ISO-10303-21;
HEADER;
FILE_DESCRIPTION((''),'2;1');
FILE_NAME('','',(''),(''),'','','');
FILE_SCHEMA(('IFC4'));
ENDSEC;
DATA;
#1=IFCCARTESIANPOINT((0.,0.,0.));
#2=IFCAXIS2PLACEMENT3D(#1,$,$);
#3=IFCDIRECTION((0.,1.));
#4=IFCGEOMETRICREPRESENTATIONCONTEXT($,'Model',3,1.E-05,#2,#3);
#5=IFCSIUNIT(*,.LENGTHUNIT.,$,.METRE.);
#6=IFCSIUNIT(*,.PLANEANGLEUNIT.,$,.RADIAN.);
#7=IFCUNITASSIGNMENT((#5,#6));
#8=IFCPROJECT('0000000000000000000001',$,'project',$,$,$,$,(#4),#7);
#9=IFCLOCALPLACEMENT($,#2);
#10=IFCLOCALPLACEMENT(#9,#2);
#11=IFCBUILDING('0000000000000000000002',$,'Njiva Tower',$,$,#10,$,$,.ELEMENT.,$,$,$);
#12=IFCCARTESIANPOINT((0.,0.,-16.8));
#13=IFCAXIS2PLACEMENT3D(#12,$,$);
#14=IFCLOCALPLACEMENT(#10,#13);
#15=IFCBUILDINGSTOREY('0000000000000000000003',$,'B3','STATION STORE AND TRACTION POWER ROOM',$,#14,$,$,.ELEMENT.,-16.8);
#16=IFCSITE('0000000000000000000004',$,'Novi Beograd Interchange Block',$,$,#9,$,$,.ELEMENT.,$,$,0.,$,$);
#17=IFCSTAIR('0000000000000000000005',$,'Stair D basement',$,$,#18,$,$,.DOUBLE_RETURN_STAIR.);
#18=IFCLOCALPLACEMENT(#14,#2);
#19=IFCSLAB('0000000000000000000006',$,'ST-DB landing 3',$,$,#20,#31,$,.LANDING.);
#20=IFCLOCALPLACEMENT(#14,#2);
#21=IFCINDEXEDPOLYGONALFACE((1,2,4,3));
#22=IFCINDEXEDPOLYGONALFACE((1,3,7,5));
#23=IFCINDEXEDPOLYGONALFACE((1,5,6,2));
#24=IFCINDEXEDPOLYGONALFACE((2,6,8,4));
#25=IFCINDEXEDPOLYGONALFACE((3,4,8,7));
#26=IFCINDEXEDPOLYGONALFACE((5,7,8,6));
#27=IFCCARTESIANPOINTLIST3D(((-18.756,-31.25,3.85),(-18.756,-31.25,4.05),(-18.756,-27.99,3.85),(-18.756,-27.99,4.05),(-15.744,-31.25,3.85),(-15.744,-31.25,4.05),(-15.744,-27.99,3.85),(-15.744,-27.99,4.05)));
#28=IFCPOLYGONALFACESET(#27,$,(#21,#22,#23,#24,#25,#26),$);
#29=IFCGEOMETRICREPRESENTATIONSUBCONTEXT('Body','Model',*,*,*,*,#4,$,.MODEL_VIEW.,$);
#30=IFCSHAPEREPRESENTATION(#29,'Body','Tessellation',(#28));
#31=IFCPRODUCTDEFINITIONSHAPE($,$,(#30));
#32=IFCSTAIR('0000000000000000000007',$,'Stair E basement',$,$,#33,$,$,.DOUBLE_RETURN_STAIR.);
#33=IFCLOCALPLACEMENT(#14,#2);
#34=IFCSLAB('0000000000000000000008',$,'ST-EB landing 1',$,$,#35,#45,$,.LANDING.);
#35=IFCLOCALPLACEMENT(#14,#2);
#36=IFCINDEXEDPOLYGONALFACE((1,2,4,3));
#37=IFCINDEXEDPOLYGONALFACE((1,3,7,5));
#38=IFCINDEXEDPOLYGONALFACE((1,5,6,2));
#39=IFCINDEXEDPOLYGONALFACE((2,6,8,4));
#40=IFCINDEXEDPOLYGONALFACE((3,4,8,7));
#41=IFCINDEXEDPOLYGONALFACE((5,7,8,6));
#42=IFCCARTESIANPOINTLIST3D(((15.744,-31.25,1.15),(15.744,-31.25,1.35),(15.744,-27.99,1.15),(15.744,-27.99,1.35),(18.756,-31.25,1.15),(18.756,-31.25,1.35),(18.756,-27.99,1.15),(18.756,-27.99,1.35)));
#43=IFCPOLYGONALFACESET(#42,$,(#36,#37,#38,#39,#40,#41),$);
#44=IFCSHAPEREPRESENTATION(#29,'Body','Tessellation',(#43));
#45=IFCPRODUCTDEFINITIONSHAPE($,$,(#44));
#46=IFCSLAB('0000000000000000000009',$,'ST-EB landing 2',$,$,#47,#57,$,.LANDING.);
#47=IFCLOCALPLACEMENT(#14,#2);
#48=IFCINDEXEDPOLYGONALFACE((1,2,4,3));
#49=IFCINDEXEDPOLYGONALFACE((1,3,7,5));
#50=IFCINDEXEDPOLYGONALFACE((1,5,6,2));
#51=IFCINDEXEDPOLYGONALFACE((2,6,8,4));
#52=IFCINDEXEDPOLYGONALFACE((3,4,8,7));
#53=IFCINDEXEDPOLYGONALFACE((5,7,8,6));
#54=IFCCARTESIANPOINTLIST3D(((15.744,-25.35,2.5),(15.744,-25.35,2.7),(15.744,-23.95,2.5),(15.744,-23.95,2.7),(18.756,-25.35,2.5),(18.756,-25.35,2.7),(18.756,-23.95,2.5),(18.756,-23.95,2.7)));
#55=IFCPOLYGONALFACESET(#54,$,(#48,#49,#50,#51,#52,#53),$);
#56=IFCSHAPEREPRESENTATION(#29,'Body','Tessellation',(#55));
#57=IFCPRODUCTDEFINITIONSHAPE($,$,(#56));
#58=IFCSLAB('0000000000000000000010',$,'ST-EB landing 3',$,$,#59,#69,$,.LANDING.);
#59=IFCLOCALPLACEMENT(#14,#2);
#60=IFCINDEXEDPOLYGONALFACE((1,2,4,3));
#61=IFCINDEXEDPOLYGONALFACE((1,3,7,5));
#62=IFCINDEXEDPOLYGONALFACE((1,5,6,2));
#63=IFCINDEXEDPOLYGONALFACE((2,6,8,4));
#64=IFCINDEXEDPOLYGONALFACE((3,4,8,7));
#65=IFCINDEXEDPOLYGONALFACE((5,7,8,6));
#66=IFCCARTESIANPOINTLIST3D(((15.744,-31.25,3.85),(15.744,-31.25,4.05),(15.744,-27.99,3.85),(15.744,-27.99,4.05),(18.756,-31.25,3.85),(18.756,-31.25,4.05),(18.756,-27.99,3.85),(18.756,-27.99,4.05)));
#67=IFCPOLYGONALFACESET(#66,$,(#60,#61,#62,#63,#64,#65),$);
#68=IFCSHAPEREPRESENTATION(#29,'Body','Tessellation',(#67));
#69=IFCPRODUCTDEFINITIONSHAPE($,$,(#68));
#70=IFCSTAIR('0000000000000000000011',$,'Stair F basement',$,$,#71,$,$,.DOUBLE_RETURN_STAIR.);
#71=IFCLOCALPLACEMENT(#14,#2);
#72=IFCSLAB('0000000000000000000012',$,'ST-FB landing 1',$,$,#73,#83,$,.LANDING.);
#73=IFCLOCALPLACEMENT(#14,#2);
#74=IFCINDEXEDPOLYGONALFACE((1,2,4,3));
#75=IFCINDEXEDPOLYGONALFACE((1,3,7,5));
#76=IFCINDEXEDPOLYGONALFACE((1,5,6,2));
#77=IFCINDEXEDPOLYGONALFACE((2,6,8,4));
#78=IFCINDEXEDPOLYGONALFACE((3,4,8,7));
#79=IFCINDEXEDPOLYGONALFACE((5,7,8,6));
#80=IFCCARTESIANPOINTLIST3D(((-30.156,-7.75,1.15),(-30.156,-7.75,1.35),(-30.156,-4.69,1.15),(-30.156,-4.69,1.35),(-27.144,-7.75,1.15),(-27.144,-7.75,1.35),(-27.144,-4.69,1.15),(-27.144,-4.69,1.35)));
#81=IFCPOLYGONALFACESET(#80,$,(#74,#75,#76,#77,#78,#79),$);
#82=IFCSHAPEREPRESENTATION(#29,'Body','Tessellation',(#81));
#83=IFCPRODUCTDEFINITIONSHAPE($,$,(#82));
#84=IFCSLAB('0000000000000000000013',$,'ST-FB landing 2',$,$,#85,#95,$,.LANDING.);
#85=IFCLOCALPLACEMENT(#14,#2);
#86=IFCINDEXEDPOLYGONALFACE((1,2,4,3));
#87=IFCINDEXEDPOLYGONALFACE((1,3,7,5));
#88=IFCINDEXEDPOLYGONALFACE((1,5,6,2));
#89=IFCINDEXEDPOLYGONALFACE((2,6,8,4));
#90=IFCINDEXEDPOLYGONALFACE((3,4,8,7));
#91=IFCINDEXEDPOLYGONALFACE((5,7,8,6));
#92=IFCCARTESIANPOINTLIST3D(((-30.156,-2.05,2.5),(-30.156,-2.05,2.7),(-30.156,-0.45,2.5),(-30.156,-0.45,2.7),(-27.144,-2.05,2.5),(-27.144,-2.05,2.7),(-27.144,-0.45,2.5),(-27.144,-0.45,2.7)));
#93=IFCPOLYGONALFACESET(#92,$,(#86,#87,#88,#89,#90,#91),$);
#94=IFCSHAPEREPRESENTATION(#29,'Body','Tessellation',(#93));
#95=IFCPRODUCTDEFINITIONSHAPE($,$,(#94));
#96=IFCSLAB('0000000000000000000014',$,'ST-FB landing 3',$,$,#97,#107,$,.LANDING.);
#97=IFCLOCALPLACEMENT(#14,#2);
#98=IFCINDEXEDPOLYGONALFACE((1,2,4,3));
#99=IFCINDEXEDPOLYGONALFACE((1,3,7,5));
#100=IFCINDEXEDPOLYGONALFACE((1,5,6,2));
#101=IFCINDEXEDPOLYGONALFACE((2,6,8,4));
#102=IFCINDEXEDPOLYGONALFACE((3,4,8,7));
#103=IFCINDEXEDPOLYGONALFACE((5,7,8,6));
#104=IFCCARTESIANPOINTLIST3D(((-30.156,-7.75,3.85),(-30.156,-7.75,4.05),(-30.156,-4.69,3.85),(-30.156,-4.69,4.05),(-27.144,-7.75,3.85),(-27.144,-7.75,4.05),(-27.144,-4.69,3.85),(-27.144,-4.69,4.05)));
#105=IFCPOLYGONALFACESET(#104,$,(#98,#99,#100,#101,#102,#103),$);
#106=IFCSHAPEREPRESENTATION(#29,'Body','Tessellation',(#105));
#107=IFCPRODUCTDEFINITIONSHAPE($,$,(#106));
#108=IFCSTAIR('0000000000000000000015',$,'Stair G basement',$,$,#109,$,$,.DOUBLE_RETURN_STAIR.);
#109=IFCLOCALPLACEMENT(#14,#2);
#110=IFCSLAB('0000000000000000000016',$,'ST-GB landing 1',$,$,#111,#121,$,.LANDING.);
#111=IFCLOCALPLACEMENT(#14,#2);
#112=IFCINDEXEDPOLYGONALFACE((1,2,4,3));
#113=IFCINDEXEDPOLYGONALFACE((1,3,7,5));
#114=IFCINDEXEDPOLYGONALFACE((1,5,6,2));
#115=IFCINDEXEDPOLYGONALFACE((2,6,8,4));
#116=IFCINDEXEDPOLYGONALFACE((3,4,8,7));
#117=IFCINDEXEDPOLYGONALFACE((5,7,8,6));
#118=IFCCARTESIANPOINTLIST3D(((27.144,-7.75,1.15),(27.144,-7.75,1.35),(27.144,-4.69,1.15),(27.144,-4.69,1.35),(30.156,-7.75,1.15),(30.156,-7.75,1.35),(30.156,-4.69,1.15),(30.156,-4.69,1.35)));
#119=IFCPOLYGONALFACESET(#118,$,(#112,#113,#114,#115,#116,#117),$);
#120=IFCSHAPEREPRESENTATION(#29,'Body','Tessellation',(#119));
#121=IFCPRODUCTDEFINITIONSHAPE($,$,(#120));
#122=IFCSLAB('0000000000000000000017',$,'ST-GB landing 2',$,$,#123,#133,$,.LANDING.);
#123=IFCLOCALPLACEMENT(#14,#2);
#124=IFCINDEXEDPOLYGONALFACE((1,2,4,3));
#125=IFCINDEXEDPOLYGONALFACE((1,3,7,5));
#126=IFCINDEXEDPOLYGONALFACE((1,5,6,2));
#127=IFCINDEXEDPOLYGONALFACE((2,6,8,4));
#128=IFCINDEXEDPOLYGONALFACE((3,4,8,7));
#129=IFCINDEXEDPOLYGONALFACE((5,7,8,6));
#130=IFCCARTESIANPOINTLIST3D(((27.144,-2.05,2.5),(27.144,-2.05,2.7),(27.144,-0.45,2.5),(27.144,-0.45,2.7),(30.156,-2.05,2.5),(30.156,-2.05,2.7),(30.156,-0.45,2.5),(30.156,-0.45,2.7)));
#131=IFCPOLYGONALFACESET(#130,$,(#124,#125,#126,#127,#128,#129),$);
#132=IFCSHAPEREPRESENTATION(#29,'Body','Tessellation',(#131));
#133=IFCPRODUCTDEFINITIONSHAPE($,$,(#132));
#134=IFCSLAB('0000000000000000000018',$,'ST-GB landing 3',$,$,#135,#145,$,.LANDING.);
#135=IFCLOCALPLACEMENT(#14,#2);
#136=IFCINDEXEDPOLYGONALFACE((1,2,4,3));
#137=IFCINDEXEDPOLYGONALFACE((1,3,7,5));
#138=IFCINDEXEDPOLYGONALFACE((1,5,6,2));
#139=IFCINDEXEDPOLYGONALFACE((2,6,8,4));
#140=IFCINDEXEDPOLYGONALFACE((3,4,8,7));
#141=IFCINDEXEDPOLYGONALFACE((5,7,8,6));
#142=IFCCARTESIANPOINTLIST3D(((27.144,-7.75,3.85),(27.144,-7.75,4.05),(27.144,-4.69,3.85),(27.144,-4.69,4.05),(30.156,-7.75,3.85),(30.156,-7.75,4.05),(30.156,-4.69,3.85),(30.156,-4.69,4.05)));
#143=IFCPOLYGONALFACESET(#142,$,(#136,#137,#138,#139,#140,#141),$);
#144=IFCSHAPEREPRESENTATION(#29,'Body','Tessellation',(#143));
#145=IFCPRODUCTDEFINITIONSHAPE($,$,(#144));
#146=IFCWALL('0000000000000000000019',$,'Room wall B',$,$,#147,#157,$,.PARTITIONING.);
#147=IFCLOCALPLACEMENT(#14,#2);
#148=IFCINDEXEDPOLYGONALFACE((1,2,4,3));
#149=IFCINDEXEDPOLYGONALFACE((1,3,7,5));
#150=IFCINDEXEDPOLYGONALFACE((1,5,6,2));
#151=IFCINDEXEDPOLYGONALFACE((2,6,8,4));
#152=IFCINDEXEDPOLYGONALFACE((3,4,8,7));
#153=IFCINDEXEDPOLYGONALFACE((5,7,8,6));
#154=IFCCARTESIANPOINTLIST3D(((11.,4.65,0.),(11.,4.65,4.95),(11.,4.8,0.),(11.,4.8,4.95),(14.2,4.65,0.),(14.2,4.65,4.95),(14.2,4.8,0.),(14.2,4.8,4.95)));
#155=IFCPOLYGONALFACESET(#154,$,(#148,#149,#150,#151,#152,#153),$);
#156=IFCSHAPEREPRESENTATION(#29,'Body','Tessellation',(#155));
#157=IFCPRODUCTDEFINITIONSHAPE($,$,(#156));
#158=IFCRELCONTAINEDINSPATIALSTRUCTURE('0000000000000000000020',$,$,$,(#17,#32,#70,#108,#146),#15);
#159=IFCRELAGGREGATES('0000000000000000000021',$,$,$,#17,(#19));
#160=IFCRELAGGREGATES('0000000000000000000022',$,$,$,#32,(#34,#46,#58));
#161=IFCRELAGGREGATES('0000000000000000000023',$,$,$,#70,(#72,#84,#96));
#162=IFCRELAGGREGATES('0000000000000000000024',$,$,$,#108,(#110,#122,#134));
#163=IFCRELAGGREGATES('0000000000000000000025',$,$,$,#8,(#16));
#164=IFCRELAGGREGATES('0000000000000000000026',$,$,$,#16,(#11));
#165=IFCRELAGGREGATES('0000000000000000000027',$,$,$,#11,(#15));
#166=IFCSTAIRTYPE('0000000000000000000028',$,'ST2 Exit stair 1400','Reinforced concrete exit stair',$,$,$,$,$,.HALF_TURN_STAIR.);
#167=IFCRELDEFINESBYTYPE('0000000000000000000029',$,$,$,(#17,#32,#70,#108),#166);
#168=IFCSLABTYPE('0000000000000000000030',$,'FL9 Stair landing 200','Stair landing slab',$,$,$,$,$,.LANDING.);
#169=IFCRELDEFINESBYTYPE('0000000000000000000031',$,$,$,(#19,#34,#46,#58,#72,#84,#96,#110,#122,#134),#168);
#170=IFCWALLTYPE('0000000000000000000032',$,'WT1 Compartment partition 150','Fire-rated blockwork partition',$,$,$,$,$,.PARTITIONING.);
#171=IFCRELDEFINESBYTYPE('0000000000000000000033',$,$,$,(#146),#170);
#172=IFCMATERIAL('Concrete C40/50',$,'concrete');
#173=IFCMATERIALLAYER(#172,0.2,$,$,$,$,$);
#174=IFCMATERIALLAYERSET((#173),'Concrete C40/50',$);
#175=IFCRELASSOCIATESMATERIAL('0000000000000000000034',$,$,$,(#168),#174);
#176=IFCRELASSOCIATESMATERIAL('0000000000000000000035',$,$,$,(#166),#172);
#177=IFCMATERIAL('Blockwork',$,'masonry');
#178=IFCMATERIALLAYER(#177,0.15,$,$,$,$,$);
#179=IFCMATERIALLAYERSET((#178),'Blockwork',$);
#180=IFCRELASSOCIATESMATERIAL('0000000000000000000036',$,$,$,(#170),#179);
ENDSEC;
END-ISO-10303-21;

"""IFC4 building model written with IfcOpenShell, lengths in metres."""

from ifc_helpers import new_model, si_unit, direction, frame, frame_2d, origin, place, context, subcontext, project, spatial, polyline, rectangle, outline, extrude, material, layer, layer_set, type_object, element, aggregate, save


model = new_model("IFC4")

# Units and contexts
model_context = context("Model", 3, precision=1e-05, world=origin(), true_north=direction((0.0, 1.0)))
body_context = subcontext(model_context, "Body", "Model", "MODEL_VIEW")
ifc_project = project(units=[si_unit("LENGTHUNIT", "METRE"), si_unit("PLANEANGLEUNIT", "RADIAN")], contexts=[model_context])

# Site, building, storey
site_placement = place(None, origin())
site = spatial("IfcSite", under=ifc_project, at=site_placement, Name="Novi Beograd Interchange Block", CompositionType="ELEMENT", RefElevation=0.0)
building_placement = place(site_placement, origin())
building = spatial("IfcBuilding", under=site, at=building_placement, Name="Njiva Tower", CompositionType="ELEMENT")
storey_placement = place(building_placement, frame((0.0, 0.0, -16.8)))
storey = spatial("IfcBuildingStorey", under=building, at=storey_placement, Name="B3", Description="STATION STORE AND TRACTION POWER ROOM", CompositionType="ELEMENT", Elevation=-16.8)

# Stairs, slabs
ifc_material_1 = material(Name="Concrete C40/50", Category="concrete")
ifc_layer_1 = layer(ifc_material_1, 0.2)
ifc_layer_set_1 = layer_set([ifc_layer_1], Name="Concrete C40/50")
slab_type = type_object("IfcSlabType", Name="FL9 Stair landing 200", Description="Stair landing slab", PredefinedType="LANDING", material=ifc_layer_set_1)
stair_type_1 = type_object("IfcStairType", Name="ST2 Exit stair 1400", Description="Reinforced concrete exit stair", PredefinedType="HALF_TURN_STAIR", material=ifc_material_1)
stair_1_placement = place(storey_placement, origin())
stair_1 = element("IfcStair", 1, at=stair_1_placement, inside=storey, type_object=stair_type_1, Name="Stair D basement", PredefinedType="DOUBLE_RETURN_STAIR")
slab_1_placement = place(storey_placement, frame((0.0, 0.0, 3.85)))
slab_1 = element("IfcSlab", 2, at=slab_1_placement, type_object=slab_type, Name="ST-DB landing 3", PredefinedType="LANDING", context=body_context, shape_type="SweptSolid", body=[
    extrude(outline(polyline([(-18.756, -31.25), (-15.744, -31.25), (-15.744, -27.99), (-18.756, -27.99), (-18.756, -31.25)])), origin(), (0.0, 0.0, 1.0), 0.2),
])
aggregate(stair_1, [slab_1])
stair_2_placement = place(storey_placement, origin())
stair_2 = element("IfcStair", 3, at=stair_2_placement, inside=storey, type_object=stair_type_1, Name="Stair E basement", PredefinedType="DOUBLE_RETURN_STAIR")
slab_2_placement = place(storey_placement, frame((0.0, 0.0, 1.15)))
slab_2 = element("IfcSlab", 4, at=slab_2_placement, type_object=slab_type, Name="ST-EB landing 1", PredefinedType="LANDING", context=body_context, shape_type="SweptSolid", body=[
    extrude(outline(polyline([(15.744, -31.25), (18.756, -31.25), (18.756, -27.99), (15.744, -27.99), (15.744, -31.25)])), origin(), (0.0, 0.0, 1.0), 0.2),
])
slab_3_placement = place(storey_placement, frame((0.0, 0.0, 2.5)))
slab_3 = element("IfcSlab", 5, at=slab_3_placement, type_object=slab_type, Name="ST-EB landing 2", PredefinedType="LANDING", context=body_context, shape_type="SweptSolid", body=[
    extrude(outline(polyline([(15.744, -25.35), (18.756, -25.35), (18.756, -23.95), (15.744, -23.95), (15.744, -25.35)])), origin(), (0.0, 0.0, 1.0), 0.2),
])
slab_4_placement = place(storey_placement, frame((0.0, 0.0, 3.85)))
slab_4 = element("IfcSlab", 6, at=slab_4_placement, type_object=slab_type, Name="ST-EB landing 3", PredefinedType="LANDING", context=body_context, shape_type="SweptSolid", body=[
    extrude(outline(polyline([(15.744, -31.25), (18.756, -31.25), (18.756, -27.99), (15.744, -27.99), (15.744, -31.25)])), origin(), (0.0, 0.0, 1.0), 0.2),
])
aggregate(stair_2, [slab_2, slab_3, slab_4])
stair_3_placement = place(storey_placement, origin())
stair_3 = element("IfcStair", 7, at=stair_3_placement, inside=storey, type_object=stair_type_1, Name="Stair F basement", PredefinedType="DOUBLE_RETURN_STAIR")
slab_5_placement = place(storey_placement, frame((0.0, 0.0, 1.15)))
slab_5 = element("IfcSlab", 8, at=slab_5_placement, type_object=slab_type, Name="ST-FB landing 1", PredefinedType="LANDING", context=body_context, shape_type="SweptSolid", body=[
    extrude(outline(polyline([(-30.156, -7.75), (-27.144, -7.75), (-27.144, -4.69), (-30.156, -4.69), (-30.156, -7.75)])), origin(), (0.0, 0.0, 1.0), 0.2),
])
slab_6_placement = place(storey_placement, frame((0.0, 0.0, 2.5)))
slab_6 = element("IfcSlab", 9, at=slab_6_placement, type_object=slab_type, Name="ST-FB landing 2", PredefinedType="LANDING", context=body_context, shape_type="SweptSolid", body=[
    extrude(outline(polyline([(-30.156, -2.05), (-27.144, -2.05), (-27.144, -0.45), (-30.156, -0.45), (-30.156, -2.05)])), origin(), (0.0, 0.0, 1.0), 0.2),
])
slab_7_placement = place(storey_placement, frame((0.0, 0.0, 3.85)))
slab_7 = element("IfcSlab", 10, at=slab_7_placement, type_object=slab_type, Name="ST-FB landing 3", PredefinedType="LANDING", context=body_context, shape_type="SweptSolid", body=[
    extrude(outline(polyline([(-30.156, -7.75), (-27.144, -7.75), (-27.144, -4.69), (-30.156, -4.69), (-30.156, -7.75)])), origin(), (0.0, 0.0, 1.0), 0.2),
])
aggregate(stair_3, [slab_5, slab_6, slab_7])
stair_4_placement = place(storey_placement, origin())
stair_4 = element("IfcStair", 11, at=stair_4_placement, inside=storey, type_object=stair_type_1, Name="Stair G basement", PredefinedType="DOUBLE_RETURN_STAIR")
slab_8_placement = place(storey_placement, frame((0.0, 0.0, 1.15)))
slab_8 = element("IfcSlab", 12, at=slab_8_placement, type_object=slab_type, Name="ST-GB landing 1", PredefinedType="LANDING", context=body_context, shape_type="SweptSolid", body=[
    extrude(outline(polyline([(27.144, -7.75), (30.156, -7.75), (30.156, -4.69), (27.144, -4.69), (27.144, -7.75)])), origin(), (0.0, 0.0, 1.0), 0.2),
])
slab_9_placement = place(storey_placement, frame((0.0, 0.0, 2.5)))
slab_9 = element("IfcSlab", 13, at=slab_9_placement, type_object=slab_type, Name="ST-GB landing 2", PredefinedType="LANDING", context=body_context, shape_type="SweptSolid", body=[
    extrude(outline(polyline([(27.144, -2.05), (30.156, -2.05), (30.156, -0.45), (27.144, -0.45), (27.144, -2.05)])), origin(), (0.0, 0.0, 1.0), 0.2),
])
slab_10_placement = place(storey_placement, frame((0.0, 0.0, 3.85)))
slab_10 = element("IfcSlab", 14, at=slab_10_placement, type_object=slab_type, Name="ST-GB landing 3", PredefinedType="LANDING", context=body_context, shape_type="SweptSolid", body=[
    extrude(outline(polyline([(27.144, -7.75), (30.156, -7.75), (30.156, -4.69), (27.144, -4.69), (27.144, -7.75)])), origin(), (0.0, 0.0, 1.0), 0.2),
])
aggregate(stair_4, [slab_8, slab_9, slab_10])

# Wall
ifc_material_2 = material(Name="Blockwork", Category="masonry")
ifc_layer_2 = layer(ifc_material_2, 0.15)
ifc_layer_set_2 = layer_set([ifc_layer_2], Name="Blockwork")
wall_type_1 = type_object("IfcWallType", Name="WT1 Compartment partition 150", Description="Fire-rated blockwork partition", PredefinedType="PARTITIONING", material=ifc_layer_set_2)
wall_1_placement = place(storey_placement, frame((11.0, 4.725, 0.0), z_axis=(0.0, 0.0, 1.0), x_axis=(1.0, 0.0, 0.0)))
element("IfcWall", 15, at=wall_1_placement, inside=storey, type_object=wall_type_1, Name="Room wall B", PredefinedType="PARTITIONING", context=body_context, shape_type="SweptSolid", body=[
    extrude(rectangle(XDim=3.2, YDim=0.15, at=frame_2d((1.6, 0.0))), origin(), (0.0, 0.0, 1.0), 4.95),
])

save(model, "model.ifc")
